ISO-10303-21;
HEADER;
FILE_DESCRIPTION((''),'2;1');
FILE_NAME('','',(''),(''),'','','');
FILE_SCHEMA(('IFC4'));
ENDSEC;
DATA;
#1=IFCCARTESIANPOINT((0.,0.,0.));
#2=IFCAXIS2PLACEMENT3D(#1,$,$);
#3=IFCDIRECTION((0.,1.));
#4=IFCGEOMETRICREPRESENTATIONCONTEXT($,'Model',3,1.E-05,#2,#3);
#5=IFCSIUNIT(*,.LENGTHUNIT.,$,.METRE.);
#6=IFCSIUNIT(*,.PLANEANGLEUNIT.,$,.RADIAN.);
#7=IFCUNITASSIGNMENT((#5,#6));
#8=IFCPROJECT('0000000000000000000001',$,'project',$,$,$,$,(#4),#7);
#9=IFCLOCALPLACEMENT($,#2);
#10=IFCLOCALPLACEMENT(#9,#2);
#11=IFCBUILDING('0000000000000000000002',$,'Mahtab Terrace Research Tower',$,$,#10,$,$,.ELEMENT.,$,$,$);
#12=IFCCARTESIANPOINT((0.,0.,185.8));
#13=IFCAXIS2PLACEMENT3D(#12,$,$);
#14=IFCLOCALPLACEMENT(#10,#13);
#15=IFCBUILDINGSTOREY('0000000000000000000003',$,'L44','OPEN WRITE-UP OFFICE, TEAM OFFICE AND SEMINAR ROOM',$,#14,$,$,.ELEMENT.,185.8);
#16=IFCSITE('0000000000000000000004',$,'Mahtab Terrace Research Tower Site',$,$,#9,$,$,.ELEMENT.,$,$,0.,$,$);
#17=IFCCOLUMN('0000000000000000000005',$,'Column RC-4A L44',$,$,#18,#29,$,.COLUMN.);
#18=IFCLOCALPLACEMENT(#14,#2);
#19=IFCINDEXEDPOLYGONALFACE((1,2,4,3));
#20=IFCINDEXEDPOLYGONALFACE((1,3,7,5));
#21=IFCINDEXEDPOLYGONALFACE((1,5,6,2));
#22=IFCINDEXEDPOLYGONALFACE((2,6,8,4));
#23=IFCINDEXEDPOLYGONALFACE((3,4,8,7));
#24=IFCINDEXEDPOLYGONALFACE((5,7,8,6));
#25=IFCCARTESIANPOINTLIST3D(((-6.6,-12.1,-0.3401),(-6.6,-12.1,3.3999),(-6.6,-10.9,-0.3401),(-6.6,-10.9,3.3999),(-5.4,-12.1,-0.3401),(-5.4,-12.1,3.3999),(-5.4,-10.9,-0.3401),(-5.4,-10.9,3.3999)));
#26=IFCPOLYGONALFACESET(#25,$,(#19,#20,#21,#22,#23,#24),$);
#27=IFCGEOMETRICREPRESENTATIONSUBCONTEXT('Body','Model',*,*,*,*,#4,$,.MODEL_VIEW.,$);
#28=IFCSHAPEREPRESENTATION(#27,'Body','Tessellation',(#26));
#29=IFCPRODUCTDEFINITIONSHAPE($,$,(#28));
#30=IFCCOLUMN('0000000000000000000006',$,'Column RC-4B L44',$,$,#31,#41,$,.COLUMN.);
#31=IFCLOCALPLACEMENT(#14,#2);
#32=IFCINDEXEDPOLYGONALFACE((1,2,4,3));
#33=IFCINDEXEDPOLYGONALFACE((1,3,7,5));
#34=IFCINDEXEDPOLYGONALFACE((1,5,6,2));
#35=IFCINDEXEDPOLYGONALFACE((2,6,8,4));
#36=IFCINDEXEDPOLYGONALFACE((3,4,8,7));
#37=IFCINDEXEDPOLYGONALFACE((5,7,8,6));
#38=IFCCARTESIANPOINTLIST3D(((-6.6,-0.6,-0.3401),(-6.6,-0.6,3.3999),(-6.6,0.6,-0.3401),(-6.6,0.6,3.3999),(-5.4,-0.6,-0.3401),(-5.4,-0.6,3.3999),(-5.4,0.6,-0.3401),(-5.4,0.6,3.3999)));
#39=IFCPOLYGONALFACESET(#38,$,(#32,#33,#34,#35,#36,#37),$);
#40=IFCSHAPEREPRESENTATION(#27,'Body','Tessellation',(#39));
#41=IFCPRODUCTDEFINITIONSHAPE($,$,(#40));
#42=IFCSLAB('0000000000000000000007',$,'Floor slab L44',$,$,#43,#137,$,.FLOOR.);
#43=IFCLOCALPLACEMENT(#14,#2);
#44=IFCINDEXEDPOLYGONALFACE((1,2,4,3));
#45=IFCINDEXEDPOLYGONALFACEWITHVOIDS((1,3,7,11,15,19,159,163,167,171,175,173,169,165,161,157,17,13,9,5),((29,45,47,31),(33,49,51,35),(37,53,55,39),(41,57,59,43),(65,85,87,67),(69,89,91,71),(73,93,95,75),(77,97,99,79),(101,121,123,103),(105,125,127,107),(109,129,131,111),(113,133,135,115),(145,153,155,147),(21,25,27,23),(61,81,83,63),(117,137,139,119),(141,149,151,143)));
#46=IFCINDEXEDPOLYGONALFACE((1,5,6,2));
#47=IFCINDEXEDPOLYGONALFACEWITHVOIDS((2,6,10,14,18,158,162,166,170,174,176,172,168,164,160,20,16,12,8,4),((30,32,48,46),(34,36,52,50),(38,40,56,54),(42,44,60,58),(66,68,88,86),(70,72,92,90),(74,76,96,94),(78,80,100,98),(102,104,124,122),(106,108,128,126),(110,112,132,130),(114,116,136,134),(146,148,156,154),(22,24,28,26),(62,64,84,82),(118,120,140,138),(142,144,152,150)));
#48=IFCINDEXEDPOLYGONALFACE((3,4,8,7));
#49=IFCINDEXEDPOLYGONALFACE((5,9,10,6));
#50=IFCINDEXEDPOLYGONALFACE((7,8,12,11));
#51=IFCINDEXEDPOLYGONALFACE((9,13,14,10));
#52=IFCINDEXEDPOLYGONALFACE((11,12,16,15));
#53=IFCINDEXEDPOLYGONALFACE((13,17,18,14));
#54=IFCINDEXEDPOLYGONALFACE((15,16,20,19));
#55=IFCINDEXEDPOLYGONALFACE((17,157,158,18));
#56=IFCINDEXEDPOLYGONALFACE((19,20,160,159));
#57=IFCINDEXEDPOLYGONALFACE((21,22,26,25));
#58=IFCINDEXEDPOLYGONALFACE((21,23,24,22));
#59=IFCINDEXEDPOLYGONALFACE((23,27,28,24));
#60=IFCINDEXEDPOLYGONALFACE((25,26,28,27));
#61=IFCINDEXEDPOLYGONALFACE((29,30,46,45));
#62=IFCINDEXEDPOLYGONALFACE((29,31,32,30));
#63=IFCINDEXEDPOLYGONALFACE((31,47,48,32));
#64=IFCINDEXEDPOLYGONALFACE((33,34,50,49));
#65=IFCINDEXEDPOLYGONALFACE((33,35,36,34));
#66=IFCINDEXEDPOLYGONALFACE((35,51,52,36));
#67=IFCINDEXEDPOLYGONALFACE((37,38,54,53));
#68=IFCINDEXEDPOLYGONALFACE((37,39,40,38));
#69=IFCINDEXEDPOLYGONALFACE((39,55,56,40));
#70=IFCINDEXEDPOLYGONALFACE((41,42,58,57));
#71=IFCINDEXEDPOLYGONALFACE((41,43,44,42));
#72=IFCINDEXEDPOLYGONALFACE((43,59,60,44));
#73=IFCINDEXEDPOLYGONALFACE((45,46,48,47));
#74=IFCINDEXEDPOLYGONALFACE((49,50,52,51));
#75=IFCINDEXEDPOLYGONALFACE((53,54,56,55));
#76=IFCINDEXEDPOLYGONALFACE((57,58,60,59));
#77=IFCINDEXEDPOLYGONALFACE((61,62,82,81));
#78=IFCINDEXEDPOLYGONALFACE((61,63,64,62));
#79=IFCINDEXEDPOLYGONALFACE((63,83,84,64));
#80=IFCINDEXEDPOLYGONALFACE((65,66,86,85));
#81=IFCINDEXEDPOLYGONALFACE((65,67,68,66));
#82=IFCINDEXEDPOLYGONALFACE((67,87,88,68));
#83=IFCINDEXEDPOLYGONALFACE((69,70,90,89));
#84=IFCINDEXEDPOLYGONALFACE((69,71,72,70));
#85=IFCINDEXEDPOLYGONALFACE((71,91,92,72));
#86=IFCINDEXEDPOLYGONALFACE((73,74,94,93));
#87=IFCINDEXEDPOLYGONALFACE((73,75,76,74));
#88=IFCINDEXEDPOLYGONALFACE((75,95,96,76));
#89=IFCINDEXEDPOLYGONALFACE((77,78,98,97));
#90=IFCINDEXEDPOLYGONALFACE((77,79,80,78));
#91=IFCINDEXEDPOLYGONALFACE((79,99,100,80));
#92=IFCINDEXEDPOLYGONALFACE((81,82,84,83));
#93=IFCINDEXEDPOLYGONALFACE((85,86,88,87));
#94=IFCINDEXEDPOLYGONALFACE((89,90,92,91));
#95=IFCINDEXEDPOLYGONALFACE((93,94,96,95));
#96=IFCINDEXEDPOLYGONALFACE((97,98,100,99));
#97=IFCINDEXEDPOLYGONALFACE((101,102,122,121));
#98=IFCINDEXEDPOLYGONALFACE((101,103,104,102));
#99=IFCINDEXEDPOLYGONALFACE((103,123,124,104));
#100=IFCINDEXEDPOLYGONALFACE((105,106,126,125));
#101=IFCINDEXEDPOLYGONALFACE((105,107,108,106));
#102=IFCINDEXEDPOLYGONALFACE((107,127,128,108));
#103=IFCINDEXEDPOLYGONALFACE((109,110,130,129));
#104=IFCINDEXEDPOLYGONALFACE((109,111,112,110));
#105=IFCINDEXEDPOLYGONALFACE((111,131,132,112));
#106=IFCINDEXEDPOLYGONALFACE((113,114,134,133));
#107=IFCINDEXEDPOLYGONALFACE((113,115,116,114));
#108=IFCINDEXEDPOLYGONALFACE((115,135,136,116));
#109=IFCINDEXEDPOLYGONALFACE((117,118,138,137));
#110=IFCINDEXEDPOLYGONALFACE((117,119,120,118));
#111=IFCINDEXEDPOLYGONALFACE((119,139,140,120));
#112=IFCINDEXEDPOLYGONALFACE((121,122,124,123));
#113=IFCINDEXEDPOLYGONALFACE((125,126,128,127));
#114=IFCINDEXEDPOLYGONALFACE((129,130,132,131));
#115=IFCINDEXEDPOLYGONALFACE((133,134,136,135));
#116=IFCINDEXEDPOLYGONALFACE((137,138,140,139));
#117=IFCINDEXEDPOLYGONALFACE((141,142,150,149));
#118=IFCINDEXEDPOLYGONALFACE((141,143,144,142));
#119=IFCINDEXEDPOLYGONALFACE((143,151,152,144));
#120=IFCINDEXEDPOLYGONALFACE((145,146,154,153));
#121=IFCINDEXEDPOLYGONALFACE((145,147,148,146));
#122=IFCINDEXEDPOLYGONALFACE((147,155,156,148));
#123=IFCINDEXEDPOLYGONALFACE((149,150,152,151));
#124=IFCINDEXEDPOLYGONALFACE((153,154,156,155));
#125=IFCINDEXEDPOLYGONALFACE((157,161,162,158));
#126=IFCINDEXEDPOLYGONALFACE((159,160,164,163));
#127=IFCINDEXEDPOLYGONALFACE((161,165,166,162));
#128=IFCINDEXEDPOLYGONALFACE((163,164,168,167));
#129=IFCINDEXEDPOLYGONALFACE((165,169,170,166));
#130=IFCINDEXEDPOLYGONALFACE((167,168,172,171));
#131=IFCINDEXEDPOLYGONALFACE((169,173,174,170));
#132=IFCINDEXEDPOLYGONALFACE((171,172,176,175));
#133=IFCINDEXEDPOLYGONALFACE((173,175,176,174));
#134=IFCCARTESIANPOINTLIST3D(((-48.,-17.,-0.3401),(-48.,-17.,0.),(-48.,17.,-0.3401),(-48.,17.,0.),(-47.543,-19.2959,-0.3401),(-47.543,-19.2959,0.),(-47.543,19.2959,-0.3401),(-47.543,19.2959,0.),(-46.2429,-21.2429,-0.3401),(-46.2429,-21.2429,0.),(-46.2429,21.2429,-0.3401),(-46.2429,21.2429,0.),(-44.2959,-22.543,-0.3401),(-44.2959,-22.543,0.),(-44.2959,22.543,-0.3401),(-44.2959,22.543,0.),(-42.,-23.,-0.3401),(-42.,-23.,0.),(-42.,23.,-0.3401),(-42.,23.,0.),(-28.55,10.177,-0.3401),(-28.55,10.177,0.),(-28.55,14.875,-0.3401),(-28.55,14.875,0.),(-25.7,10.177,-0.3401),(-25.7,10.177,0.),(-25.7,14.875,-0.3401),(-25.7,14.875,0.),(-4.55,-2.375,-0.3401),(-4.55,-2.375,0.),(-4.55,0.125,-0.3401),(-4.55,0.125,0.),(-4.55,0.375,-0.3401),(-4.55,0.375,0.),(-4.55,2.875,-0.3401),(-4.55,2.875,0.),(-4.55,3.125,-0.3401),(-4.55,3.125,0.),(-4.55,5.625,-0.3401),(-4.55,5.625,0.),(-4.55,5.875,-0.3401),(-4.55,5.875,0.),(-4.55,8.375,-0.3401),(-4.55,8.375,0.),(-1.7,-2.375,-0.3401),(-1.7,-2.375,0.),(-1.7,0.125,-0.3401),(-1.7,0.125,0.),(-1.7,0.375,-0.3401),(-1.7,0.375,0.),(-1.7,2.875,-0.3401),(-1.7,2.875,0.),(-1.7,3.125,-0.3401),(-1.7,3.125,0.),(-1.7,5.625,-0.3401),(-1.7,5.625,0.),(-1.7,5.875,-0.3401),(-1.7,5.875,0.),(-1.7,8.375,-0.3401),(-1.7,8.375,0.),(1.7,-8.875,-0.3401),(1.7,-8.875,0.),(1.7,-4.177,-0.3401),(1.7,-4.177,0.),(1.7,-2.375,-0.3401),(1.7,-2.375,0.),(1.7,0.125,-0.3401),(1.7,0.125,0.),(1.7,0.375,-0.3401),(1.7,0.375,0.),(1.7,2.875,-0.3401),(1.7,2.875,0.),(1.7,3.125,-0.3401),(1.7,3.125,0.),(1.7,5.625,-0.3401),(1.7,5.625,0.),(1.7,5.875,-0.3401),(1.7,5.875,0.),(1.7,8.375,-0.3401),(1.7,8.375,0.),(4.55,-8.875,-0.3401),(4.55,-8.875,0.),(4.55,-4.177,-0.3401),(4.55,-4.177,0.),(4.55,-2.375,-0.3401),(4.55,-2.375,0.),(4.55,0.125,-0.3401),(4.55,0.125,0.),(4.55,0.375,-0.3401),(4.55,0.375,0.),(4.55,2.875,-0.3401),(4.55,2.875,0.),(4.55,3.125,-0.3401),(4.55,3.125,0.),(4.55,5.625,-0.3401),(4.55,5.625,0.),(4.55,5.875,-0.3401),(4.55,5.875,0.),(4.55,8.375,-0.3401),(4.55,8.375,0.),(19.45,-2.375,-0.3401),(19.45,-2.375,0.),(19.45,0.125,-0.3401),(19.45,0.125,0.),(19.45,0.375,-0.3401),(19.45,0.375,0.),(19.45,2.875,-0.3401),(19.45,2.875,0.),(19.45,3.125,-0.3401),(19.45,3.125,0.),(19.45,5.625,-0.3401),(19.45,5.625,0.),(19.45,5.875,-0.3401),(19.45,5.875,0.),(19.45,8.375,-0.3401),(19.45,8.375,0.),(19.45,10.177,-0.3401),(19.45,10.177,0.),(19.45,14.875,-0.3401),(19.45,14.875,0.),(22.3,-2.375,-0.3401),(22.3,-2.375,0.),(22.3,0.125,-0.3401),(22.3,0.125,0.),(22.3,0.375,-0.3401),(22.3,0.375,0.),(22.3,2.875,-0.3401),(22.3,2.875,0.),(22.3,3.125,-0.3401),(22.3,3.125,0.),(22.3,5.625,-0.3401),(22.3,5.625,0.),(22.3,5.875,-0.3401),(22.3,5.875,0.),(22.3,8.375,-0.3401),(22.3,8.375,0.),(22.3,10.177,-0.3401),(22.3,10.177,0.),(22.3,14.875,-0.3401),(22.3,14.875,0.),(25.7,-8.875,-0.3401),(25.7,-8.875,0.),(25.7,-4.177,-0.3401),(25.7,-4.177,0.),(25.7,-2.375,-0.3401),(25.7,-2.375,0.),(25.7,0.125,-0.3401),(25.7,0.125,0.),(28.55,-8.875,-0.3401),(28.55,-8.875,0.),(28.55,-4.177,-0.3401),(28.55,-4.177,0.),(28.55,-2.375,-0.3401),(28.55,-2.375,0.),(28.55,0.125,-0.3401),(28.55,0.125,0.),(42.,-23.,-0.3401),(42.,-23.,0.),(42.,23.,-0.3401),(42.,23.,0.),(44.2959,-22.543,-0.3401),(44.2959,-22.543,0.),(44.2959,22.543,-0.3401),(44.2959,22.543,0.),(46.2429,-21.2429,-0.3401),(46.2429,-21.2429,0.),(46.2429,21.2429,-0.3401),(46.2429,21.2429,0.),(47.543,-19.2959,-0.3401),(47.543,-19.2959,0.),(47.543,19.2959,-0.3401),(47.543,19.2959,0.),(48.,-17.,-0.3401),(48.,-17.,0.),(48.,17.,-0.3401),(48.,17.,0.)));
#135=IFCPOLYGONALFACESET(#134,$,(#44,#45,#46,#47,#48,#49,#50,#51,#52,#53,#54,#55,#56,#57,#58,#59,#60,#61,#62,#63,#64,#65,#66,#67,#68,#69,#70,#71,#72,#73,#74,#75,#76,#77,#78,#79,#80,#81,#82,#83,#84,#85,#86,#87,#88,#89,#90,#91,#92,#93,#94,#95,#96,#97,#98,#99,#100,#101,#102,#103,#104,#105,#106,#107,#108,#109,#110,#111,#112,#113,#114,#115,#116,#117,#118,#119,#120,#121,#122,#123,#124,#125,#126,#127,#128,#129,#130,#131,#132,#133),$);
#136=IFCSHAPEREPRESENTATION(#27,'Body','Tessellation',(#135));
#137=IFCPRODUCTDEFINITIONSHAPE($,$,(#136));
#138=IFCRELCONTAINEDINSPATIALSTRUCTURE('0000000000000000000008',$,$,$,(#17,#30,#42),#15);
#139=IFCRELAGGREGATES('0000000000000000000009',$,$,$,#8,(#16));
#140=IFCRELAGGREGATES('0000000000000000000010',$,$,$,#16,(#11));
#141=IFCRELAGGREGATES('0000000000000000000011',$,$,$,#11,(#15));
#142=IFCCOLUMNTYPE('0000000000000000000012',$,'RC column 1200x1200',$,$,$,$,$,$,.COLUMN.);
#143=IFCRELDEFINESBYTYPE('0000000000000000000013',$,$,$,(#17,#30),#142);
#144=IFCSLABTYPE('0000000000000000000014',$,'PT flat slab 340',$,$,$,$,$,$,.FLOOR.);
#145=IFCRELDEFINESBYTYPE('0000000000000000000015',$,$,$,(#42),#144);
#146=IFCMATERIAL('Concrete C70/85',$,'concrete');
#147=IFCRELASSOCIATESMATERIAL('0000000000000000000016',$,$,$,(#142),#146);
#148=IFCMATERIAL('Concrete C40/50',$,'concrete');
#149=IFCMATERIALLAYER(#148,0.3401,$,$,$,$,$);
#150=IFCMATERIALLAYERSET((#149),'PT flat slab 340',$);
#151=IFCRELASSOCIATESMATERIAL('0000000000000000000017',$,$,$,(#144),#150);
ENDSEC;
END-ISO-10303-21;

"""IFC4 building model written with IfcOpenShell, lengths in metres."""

from ifc_helpers import new_model, si_unit, direction, frame, origin, origin_2d, place, context, subcontext, project, spatial, polyline, rectangle, outline, extrude, material, layer, layer_set, material_profile, profile_set, type_object, element, save


model = new_model("IFC4")

# Units and contexts
model_context = context("Model", 3, precision=1e-05, world=origin(), true_north=direction((0.0, 1.0)))
body_context = subcontext(model_context, "Body", "Model", "MODEL_VIEW")
ifc_project = project(units=[si_unit("LENGTHUNIT", "METRE"), si_unit("PLANEANGLEUNIT", "RADIAN")], contexts=[model_context])

# Site, building, storey
site_placement = place(None, origin())
site = spatial("IfcSite", under=ifc_project, at=site_placement, Name="Mahtab Terrace Research Tower Site", CompositionType="ELEMENT", RefElevation=0.0)
building_placement = place(site_placement, origin())
building = spatial("IfcBuilding", under=site, at=building_placement, Name="Mahtab Terrace Research Tower", CompositionType="ELEMENT")
storey_placement = place(building_placement, frame((0.0, 0.0, 185.8)))
storey = spatial("IfcBuildingStorey", under=building, at=storey_placement, Name="L44", Description="OPEN WRITE-UP OFFICE, TEAM OFFICE AND SEMINAR ROOM", CompositionType="ELEMENT", Elevation=185.8)

# Columns
ifc_material_1 = material(Name="Concrete C70/85", Category="concrete")
ifc_material_profile = material_profile(ifc_material_1, rectangle(XDim=1.2, YDim=1.2, at=origin_2d()), Name="RC column 1200x1200")
ifc_profile_set = profile_set([ifc_material_profile], Name="Concrete C70/85")
column_type = type_object("IfcColumnType", Name="RC column 1200x1200", PredefinedType="COLUMN", material=ifc_profile_set)
for number, where, z_axis, x_axis, name in (
    (1, (-6.0, -11.5, -0.3401), (0.0, 0.0, 1.0), (1.0, 0.0, 0.0), "Column RC-4A L44"),
    (2, (-6.0, 0.0, -0.3401), (0.0, 0.0, 1.0), (1.0, 0.0, 0.0), "Column RC-4B L44"),
):
    element("IfcColumn", number, at=place(storey_placement, frame(where, z_axis=z_axis, x_axis=x_axis)), inside=storey, type_object=column_type, Name=name, PredefinedType="COLUMN", context=body_context, shape_type="SweptSolid", body=[
        extrude(rectangle(XDim=1.2, YDim=1.2, at=origin_2d()), origin(), (0.0, 0.0, 1.0), 3.74),
    ])

# Slab
ifc_material_2 = material(Name="Concrete C40/50", Category="concrete")
ifc_layer_1 = layer(ifc_material_2, 0.3401)
ifc_layer_set_1 = layer_set([ifc_layer_1], Name="PT flat slab 340")
slab_type = type_object("IfcSlabType", Name="PT flat slab 340", PredefinedType="FLOOR", material=ifc_layer_set_1)
slab_placement = place(storey_placement, frame((0.0, 0.0, -0.3401)))
element("IfcSlab", 3, at=slab_placement, inside=storey, type_object=slab_type, Name="Floor slab L44", PredefinedType="FLOOR", context=body_context, shape_type="SweptSolid", body=[
    extrude(outline(polyline([(47.543, 19.2959), (46.2429, 21.2429), (44.2959, 22.543), (42.0, 23.0), (-42.0, 23.0), (-44.2959, 22.543), (-46.2429, 21.2429), (-47.543, 19.2959), (-48.0, 17.0), (-48.0, -17.0), (-47.543, -19.2959), (-46.2429, -21.2429), (-44.2959, -22.543), (-42.0, -23.0), (42.0, -23.0), (44.2959, -22.543), (46.2429, -21.2429), (47.543, -19.2959), (48.0, -17.0), (48.0, 17.0), (47.543, 19.2959)]), holes=[polyline([(-4.55, -2.375), (-4.55, 0.125), (-1.7, 0.125), (-1.7, -2.375), (-4.55, -2.375)]), polyline([(1.7, -2.375), (1.7, 0.125), (4.55, 0.125), (4.55, -2.375), (1.7, -2.375)]), polyline([(-4.55, 0.375), (-4.55, 2.875), (-1.7, 2.875), (-1.7, 0.375), (-4.55, 0.375)]), polyline([(1.7, 0.375), (1.7, 2.875), (4.55, 2.875), (4.55, 0.375), (1.7, 0.375)]), polyline([(-4.55, 3.125), (-4.55, 5.625), (-1.7, 5.625), (-1.7, 3.125), (-4.55, 3.125)]), polyline([(1.7, 3.125), (1.7, 5.625), (4.55, 5.625), (4.55, 3.125), (1.7, 3.125)]), polyline([(-4.55, 5.875), (-4.55, 8.375), (-1.7, 8.375), (-1.7, 5.875), (-4.55, 5.875)]), polyline([(1.7, 5.875), (1.7, 8.375), (4.55, 8.375), (4.55, 5.875), (1.7, 5.875)]), polyline([(-28.55, 10.177), (-28.55, 14.875), (-25.7, 14.875), (-25.7, 10.177), (-28.55, 10.177)]), polyline([(1.7, -8.875), (1.7, -4.177), (4.55, -4.177), (4.55, -8.875), (1.7, -8.875)]), polyline([(25.7, -8.875), (25.7, -4.177), (28.55, -4.177), (28.55, -8.875), (25.7, -8.875)]), polyline([(19.45, -2.375), (19.45, 0.125), (22.3, 0.125), (22.3, -2.375), (19.45, -2.375)]), polyline([(25.7, -2.375), (25.7, 0.125), (28.55, 0.125), (28.55, -2.375), (25.7, -2.375)]), polyline([(19.45, 0.375), (19.45, 2.875), (22.3, 2.875), (22.3, 0.375), (19.45, 0.375)]), polyline([(19.45, 3.125), (19.45, 5.625), (22.3, 5.625), (22.3, 3.125), (19.45, 3.125)]), polyline([(19.45, 8.375), (22.3, 8.375), (22.3, 5.875), (19.45, 5.875), (19.45, 8.375)]), polyline([(19.45, 14.875), (22.3, 14.875), (22.3, 10.177), (19.45, 10.177), (19.45, 14.875)])]), origin(), (0.0, 0.0, 1.0), 0.3401),
])

save(model, "model.ifc")
